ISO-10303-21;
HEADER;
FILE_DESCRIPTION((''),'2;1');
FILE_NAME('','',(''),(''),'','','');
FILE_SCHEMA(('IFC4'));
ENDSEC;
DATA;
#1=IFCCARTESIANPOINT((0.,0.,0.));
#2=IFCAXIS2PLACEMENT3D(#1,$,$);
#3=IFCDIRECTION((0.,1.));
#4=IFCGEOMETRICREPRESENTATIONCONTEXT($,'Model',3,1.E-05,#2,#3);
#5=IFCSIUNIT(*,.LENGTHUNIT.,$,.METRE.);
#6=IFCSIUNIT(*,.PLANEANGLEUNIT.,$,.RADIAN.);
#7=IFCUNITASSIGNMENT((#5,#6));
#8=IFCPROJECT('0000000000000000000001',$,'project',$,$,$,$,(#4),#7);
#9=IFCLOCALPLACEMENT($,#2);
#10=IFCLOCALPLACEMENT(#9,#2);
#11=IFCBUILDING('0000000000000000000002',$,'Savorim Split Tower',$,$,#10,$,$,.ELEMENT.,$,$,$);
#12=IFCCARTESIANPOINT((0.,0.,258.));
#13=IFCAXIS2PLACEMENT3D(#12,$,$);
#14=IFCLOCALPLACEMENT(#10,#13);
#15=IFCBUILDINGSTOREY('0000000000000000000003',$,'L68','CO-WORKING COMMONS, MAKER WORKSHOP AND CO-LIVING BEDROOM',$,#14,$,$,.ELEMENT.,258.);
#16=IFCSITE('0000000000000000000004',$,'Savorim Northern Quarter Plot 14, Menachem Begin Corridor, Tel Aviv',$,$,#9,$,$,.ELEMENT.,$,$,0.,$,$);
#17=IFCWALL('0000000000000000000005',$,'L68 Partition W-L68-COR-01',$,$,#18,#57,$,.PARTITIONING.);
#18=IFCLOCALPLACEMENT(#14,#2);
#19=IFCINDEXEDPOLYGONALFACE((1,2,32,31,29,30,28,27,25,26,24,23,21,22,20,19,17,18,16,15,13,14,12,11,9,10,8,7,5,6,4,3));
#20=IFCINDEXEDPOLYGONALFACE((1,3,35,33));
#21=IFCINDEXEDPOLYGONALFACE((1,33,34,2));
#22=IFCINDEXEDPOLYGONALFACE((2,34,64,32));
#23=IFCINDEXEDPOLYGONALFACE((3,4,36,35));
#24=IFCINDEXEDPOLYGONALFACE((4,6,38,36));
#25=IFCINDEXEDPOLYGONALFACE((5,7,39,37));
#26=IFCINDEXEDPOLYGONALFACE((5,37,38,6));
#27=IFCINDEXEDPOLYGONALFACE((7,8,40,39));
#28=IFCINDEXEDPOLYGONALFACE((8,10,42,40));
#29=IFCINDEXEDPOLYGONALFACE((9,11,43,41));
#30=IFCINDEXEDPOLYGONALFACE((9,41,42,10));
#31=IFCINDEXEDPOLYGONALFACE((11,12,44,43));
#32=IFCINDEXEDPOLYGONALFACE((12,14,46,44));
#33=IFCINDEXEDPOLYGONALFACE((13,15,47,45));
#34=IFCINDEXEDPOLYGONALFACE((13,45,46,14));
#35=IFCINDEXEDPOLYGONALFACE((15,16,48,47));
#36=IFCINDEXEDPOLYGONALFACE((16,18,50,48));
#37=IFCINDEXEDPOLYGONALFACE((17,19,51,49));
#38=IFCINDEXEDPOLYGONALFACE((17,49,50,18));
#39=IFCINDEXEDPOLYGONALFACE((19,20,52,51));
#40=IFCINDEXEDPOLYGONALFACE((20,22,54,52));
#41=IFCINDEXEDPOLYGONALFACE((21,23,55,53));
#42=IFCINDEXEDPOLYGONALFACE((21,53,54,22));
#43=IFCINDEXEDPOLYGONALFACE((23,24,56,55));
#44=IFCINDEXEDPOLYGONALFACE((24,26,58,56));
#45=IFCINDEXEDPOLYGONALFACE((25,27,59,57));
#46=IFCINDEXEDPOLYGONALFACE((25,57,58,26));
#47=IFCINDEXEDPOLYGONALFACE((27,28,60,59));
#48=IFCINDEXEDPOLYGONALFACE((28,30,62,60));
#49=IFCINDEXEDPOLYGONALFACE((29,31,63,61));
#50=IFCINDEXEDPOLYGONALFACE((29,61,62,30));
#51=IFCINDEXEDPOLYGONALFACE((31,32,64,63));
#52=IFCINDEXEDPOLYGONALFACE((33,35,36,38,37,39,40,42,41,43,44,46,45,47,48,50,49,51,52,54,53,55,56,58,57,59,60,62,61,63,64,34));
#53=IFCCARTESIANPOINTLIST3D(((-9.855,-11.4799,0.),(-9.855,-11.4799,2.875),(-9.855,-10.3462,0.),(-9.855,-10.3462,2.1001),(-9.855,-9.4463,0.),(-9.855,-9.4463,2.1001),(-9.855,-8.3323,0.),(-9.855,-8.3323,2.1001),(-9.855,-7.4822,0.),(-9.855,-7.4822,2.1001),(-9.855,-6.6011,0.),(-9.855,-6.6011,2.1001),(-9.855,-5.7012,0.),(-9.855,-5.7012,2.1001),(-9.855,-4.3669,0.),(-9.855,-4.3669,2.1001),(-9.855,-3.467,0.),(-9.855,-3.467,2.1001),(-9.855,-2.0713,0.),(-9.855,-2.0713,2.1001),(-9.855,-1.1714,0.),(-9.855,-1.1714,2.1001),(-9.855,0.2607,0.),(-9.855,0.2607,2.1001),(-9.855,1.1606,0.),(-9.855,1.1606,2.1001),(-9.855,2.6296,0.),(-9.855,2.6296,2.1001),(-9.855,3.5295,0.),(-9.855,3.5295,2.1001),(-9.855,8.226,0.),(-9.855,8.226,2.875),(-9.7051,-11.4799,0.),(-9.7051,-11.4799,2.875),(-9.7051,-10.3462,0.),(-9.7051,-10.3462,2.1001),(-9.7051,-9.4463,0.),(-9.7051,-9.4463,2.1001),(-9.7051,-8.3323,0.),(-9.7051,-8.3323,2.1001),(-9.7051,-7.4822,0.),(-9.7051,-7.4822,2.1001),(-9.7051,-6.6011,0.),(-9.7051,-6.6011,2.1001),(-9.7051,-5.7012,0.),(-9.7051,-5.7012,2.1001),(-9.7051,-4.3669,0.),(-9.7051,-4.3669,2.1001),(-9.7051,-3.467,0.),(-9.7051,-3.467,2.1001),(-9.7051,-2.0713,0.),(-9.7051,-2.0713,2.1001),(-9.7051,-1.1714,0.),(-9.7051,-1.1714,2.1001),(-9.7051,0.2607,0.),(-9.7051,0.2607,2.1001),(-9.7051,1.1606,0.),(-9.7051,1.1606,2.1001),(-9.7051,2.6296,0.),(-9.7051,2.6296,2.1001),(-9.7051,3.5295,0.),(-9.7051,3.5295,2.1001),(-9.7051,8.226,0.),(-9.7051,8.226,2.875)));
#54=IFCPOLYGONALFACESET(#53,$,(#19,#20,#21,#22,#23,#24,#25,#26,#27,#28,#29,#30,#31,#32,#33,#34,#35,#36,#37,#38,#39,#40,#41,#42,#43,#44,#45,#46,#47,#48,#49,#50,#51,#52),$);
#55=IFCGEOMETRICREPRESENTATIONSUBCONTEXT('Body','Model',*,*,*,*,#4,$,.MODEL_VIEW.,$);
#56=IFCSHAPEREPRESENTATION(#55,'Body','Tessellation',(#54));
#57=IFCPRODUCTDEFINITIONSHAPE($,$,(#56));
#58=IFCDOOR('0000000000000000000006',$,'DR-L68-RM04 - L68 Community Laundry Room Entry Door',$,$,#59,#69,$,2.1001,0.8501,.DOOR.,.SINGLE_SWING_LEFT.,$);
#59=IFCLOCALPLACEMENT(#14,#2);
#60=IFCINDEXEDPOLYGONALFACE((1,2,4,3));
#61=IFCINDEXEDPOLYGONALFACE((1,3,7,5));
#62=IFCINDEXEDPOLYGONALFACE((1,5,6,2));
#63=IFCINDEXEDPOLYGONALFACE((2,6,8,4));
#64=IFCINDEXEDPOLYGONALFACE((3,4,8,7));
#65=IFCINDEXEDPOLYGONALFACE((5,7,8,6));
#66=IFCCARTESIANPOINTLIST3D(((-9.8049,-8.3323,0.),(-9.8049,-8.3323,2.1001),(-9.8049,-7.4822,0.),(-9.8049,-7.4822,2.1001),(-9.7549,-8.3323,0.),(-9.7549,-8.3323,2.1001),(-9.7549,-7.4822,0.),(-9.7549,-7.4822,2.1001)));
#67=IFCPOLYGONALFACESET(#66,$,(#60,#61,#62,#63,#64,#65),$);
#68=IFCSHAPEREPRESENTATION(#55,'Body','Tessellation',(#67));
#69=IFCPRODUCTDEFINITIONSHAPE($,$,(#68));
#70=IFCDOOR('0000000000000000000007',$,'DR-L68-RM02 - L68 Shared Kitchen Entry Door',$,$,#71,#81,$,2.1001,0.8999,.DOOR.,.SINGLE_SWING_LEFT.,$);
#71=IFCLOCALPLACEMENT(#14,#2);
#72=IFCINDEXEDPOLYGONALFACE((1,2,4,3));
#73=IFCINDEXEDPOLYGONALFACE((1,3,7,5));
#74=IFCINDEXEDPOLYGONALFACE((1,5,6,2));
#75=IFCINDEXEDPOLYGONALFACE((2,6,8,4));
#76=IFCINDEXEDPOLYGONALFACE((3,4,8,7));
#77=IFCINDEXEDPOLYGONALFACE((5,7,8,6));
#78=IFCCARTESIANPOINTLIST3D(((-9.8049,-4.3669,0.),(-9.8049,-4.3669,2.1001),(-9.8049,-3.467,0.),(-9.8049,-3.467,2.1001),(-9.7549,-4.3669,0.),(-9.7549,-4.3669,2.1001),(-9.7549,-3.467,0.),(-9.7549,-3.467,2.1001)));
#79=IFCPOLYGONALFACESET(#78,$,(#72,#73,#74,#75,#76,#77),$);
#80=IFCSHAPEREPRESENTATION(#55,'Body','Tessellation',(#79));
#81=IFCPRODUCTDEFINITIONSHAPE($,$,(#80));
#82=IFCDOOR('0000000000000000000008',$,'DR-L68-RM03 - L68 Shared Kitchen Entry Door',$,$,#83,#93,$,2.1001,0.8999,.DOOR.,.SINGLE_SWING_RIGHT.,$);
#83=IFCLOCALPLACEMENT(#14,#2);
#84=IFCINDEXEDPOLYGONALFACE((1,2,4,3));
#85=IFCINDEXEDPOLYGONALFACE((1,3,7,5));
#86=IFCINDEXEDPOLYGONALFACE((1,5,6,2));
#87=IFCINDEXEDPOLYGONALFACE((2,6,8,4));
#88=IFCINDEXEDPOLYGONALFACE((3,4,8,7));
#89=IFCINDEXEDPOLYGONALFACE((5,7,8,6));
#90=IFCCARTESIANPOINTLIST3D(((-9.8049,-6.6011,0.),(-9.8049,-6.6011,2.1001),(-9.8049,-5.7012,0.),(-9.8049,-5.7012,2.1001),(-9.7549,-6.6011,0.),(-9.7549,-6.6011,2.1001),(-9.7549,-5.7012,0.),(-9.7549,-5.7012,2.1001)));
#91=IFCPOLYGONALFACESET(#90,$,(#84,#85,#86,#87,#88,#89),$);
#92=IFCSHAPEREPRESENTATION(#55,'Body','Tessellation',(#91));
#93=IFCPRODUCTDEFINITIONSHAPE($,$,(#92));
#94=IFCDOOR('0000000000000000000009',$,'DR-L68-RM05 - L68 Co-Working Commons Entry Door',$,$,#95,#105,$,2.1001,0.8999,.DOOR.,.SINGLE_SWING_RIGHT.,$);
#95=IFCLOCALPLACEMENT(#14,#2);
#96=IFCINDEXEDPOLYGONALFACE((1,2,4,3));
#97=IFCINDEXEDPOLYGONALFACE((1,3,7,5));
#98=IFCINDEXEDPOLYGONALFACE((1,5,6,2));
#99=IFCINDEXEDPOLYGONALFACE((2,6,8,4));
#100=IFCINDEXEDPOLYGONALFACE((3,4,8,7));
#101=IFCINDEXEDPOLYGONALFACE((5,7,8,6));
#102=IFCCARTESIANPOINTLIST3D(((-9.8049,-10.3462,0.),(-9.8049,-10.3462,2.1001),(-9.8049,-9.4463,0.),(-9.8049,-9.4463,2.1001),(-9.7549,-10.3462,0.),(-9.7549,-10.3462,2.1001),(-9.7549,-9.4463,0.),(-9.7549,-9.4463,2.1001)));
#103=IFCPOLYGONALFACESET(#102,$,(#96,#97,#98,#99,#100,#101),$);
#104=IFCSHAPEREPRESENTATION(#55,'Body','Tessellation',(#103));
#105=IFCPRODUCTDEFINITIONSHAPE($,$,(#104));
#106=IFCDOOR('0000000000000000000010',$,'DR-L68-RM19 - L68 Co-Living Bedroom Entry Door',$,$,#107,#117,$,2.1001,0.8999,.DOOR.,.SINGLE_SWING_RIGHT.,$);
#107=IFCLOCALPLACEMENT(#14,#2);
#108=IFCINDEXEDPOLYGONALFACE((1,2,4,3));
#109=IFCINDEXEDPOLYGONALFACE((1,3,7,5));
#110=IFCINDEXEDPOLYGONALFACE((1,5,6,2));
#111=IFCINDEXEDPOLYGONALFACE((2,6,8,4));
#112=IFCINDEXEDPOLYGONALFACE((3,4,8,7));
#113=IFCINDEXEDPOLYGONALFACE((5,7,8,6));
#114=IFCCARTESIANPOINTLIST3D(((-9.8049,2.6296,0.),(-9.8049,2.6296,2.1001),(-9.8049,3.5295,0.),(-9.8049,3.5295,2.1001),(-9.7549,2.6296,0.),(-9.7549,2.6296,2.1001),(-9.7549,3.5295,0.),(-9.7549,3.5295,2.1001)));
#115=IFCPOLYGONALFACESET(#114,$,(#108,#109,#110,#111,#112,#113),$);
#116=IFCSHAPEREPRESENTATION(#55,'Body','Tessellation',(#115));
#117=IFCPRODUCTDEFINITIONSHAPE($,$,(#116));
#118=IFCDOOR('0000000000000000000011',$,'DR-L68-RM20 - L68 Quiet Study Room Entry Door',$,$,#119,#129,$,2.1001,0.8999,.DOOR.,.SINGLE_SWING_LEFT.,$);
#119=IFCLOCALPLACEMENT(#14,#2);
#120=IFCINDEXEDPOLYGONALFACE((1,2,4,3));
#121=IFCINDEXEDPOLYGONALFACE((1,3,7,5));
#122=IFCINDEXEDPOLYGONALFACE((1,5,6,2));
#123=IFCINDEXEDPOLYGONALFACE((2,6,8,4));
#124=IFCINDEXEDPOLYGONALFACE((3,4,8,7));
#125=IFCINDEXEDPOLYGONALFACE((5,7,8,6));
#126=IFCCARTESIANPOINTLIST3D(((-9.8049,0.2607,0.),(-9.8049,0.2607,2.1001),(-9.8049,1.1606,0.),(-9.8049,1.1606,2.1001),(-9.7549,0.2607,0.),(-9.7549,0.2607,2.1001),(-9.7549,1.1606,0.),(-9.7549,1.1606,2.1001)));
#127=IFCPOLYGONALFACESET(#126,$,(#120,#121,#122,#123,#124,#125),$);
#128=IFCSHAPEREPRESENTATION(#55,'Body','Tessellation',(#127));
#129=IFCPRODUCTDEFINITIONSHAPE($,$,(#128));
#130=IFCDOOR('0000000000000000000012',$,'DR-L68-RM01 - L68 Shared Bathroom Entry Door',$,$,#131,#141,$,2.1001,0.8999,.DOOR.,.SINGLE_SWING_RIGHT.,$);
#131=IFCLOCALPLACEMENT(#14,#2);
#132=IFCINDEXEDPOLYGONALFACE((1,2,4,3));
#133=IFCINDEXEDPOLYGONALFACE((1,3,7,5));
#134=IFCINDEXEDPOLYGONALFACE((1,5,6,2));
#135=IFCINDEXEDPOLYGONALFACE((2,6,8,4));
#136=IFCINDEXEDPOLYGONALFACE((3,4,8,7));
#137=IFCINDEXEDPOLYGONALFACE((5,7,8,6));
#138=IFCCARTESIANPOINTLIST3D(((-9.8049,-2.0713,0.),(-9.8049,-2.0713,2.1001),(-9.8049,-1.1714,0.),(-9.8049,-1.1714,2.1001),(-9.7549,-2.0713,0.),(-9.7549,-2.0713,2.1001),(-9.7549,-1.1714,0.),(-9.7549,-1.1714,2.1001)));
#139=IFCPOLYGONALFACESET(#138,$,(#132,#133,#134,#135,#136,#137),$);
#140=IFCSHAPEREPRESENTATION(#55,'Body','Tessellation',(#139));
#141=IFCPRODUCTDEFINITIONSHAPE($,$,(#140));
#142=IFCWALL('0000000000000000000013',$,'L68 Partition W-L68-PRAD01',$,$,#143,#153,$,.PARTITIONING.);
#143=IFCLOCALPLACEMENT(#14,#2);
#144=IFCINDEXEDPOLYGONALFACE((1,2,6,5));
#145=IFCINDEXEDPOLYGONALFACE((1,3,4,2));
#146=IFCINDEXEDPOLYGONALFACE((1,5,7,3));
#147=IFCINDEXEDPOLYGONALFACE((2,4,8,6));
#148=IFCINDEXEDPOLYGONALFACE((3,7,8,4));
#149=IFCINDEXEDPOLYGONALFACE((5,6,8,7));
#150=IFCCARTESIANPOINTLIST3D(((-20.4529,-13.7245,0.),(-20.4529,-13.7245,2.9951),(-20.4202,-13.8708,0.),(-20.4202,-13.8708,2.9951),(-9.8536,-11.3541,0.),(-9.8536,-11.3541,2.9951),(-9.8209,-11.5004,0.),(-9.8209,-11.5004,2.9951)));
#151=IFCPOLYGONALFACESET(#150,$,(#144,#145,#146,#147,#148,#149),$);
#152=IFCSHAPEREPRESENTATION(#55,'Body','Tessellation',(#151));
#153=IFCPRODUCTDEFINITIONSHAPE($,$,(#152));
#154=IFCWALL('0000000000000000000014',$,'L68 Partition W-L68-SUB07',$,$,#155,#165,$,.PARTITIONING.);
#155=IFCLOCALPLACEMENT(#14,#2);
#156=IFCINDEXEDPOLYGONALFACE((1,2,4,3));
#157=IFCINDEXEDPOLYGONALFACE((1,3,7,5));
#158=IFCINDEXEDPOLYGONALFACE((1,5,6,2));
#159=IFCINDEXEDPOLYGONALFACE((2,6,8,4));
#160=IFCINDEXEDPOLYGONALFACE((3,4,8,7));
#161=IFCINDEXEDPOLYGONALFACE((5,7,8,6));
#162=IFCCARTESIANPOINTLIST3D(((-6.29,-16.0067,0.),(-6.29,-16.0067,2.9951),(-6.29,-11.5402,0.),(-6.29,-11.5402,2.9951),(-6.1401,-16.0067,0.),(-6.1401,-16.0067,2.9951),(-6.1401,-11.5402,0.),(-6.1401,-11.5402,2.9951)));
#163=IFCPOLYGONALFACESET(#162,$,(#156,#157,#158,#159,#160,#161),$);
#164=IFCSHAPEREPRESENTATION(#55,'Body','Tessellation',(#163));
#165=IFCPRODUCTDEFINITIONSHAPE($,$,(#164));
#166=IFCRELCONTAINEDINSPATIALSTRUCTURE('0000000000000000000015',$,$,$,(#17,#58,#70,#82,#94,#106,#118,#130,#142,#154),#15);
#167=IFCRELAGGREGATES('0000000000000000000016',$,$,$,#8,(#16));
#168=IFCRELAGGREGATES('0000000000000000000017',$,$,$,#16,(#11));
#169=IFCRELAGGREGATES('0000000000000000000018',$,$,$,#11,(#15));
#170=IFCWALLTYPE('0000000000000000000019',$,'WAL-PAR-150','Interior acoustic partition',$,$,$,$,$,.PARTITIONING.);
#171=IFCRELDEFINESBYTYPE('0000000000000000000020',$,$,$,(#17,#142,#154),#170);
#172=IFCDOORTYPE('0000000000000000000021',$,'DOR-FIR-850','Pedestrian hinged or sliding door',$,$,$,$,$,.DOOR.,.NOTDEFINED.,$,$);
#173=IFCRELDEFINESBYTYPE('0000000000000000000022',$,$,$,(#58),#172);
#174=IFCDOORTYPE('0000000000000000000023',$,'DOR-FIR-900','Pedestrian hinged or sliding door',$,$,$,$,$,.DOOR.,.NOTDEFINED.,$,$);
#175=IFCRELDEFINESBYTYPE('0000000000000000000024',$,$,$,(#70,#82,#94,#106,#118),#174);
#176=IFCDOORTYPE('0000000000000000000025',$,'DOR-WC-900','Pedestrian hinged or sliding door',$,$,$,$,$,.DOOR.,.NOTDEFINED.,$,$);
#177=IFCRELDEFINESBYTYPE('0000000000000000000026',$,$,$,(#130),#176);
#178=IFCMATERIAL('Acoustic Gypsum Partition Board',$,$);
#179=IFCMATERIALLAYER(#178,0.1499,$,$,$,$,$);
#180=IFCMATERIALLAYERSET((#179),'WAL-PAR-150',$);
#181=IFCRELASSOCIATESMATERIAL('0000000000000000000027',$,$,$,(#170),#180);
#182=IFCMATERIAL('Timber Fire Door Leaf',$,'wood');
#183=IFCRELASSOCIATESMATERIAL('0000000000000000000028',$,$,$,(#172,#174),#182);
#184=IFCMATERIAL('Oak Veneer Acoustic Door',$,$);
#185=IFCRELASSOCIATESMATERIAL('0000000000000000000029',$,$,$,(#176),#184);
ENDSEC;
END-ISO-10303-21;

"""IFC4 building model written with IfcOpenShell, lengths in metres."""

from ifc_helpers import new_model, si_unit, direction, frame, frame_2d, origin, place, context, subcontext, project, spatial, rectangle, extrude, material, layer, layer_set, type_object, element, fill, save


model = new_model("IFC4")

# Units and contexts
model_context = context("Model", 3, precision=1e-05, world=origin(), true_north=direction((0.0, 1.0)))
body_context = subcontext(model_context, "Body", "Model", "MODEL_VIEW")
ifc_project = project(units=[si_unit("LENGTHUNIT", "METRE"), si_unit("PLANEANGLEUNIT", "RADIAN")], contexts=[model_context])

# Site, building, storey
site_placement = place(None, origin())
site = spatial("IfcSite", under=ifc_project, at=site_placement, Name="Savorim Northern Quarter Plot 14, Menachem Begin Corridor, Tel Aviv", CompositionType="ELEMENT", RefElevation=0.0)
building_placement = place(site_placement, origin())
building = spatial("IfcBuilding", under=site, at=building_placement, Name="Savorim Split Tower", CompositionType="ELEMENT")
storey_placement = place(building_placement, frame((0.0, 0.0, 258.0)))
storey = spatial("IfcBuildingStorey", under=building, at=storey_placement, Name="L68", Description="CO-WORKING COMMONS, MAKER WORKSHOP AND CO-LIVING BEDROOM", CompositionType="ELEMENT", Elevation=258.0)

# Wall, openings, doors
ifc_material_1 = material(Name="Acoustic Gypsum Partition Board")
ifc_layer_1 = layer(ifc_material_1, 0.1499)
ifc_layer_set_1 = layer_set([ifc_layer_1], Name="WAL-PAR-150")
wall_type = type_object("IfcWallType", Name="WAL-PAR-150", Description="Interior acoustic partition", PredefinedType="PARTITIONING", material=ifc_layer_set_1)
wall_1_placement = place(storey_placement, frame((-9.78, -11.48, 0.0), z_axis=(0.0, 0.0, 1.0), x_axis=(0.0, 1.0, 0.0)))
wall_1 = element("IfcWall", 1, at=wall_1_placement, inside=storey, type_object=wall_type, Name="L68 Partition W-L68-COR-01", PredefinedType="PARTITIONING", context=body_context, shape_type="SweptSolid", body=[
    extrude(rectangle(XDim=19.7058, YDim=0.1499, at=frame_2d((9.853, 0.0))), origin(), (0.0, 0.0, 1.0), 2.875),
])
opening_1_placement = place(wall_1_placement, frame((9.4087, 0.0, 0.0)))
opening_1 = element("IfcOpeningElement", 2, at=opening_1_placement, cuts=wall_1, PredefinedType="OPENING", context=body_context, shape_type="SweptSolid", body=[
    extrude(rectangle(XDim=0.8999, YDim=2.1001, at=frame_2d((0.45, 1.05))), frame((0.0, 0.085, 0.0), z_axis=(0.0, -1.0, 0.0), x_axis=(1.0, 0.0, 0.0)), (0.0, 0.0, 1.0), 0.1699),
])
opening_2_placement = place(wall_1_placement, frame((7.113, 0.0, 0.0)))
opening_2 = element("IfcOpeningElement", 3, at=opening_2_placement, cuts=wall_1, PredefinedType="OPENING", context=body_context, shape_type="SweptSolid", body=[
    extrude(rectangle(XDim=0.8999, YDim=2.1001, at=frame_2d((0.45, 1.05))), frame((0.0, 0.085, 0.0), z_axis=(0.0, -1.0, 0.0), x_axis=(1.0, 0.0, 0.0)), (0.0, 0.0, 1.0), 0.1699),
])
opening_3_placement = place(wall_1_placement, frame((4.8789, 0.0, 0.0)))
opening_3 = element("IfcOpeningElement", 4, at=opening_3_placement, cuts=wall_1, PredefinedType="OPENING", context=body_context, shape_type="SweptSolid", body=[
    extrude(rectangle(XDim=0.8999, YDim=2.1001, at=frame_2d((0.45, 1.05))), frame((0.0, 0.085, 0.0), z_axis=(0.0, -1.0, 0.0), x_axis=(1.0, 0.0, 0.0)), (0.0, 0.0, 1.0), 0.1699),
])
opening_4_placement = place(wall_1_placement, frame((3.1477, 0.0, 0.0)))
opening_4 = element("IfcOpeningElement", 5, at=opening_4_placement, cuts=wall_1, PredefinedType="OPENING", context=body_context, shape_type="SweptSolid", body=[
    extrude(rectangle(XDim=0.8501, YDim=2.1001, at=frame_2d((0.425, 1.05))), frame((0.0, 0.085, 0.0), z_axis=(0.0, -1.0, 0.0), x_axis=(1.0, 0.0, 0.0)), (0.0, 0.0, 1.0), 0.1699),
])
opening_5_placement = place(wall_1_placement, frame((1.1338, 0.0, 0.0)))
opening_5 = element("IfcOpeningElement", 6, at=opening_5_placement, cuts=wall_1, PredefinedType="OPENING", context=body_context, shape_type="SweptSolid", body=[
    extrude(rectangle(XDim=0.8999, YDim=2.1001, at=frame_2d((0.45, 1.05))), frame((0.0, 0.085, 0.0), z_axis=(0.0, -1.0, 0.0), x_axis=(1.0, 0.0, 0.0)), (0.0, 0.0, 1.0), 0.1699),
])
opening_6_placement = place(wall_1_placement, frame((14.1096, 0.0, 0.0)))
opening_6 = element("IfcOpeningElement", 7, at=opening_6_placement, cuts=wall_1, PredefinedType="OPENING", context=body_context, shape_type="SweptSolid", body=[
    extrude(rectangle(XDim=0.8999, YDim=2.1001, at=frame_2d((0.45, 1.05))), frame((0.0, 0.085, 0.0), z_axis=(0.0, -1.0, 0.0), x_axis=(1.0, 0.0, 0.0)), (0.0, 0.0, 1.0), 0.1699),
])
opening_7_placement = place(wall_1_placement, frame((11.7407, 0.0, 0.0)))
opening_7 = element("IfcOpeningElement", 8, at=opening_7_placement, cuts=wall_1, PredefinedType="OPENING", context=body_context, shape_type="SweptSolid", body=[
    extrude(rectangle(XDim=0.8999, YDim=2.1001, at=frame_2d((0.45, 1.05))), frame((0.0, 0.085, 0.0), z_axis=(0.0, -1.0, 0.0), x_axis=(1.0, 0.0, 0.0)), (0.0, 0.0, 1.0), 0.1699),
])
ifc_material_2 = material(Name="Timber Fire Door Leaf", Category="wood")
door_type_1 = type_object("IfcDoorType", Name="DOR-FIR-850", Description="Pedestrian hinged or sliding door", OperationType="NOTDEFINED", PredefinedType="DOOR", material=ifc_material_2)
door_1_placement = place(opening_4_placement, origin())
door_1 = element("IfcDoor", 9, at=door_1_placement, inside=storey, type_object=door_type_1, Name="DR-L68-RM04 - L68 Community Laundry Room Entry Door", OperationType="SINGLE_SWING_LEFT", OverallHeight=2.1001, OverallWidth=0.8501, PredefinedType="DOOR", context=body_context, shape_type="SweptSolid", body=[
    extrude(rectangle(XDim=0.8501, YDim=2.1001, at=frame_2d((0.425, 1.05))), frame((0.0, 0.0249, 0.0), z_axis=(0.0, -1.0, 0.0), x_axis=(1.0, 0.0, 0.0)), (0.0, 0.0, 1.0), 0.05),
])
fill(opening_4, door_1)
door_type_2 = type_object("IfcDoorType", Name="DOR-FIR-900", Description="Pedestrian hinged or sliding door", OperationType="NOTDEFINED", PredefinedType="DOOR", material=ifc_material_2)
door_2_placement = place(opening_2_placement, origin())
door_2 = element("IfcDoor", 10, at=door_2_placement, inside=storey, type_object=door_type_2, Name="DR-L68-RM02 - L68 Shared Kitchen Entry Door", OperationType="SINGLE_SWING_LEFT", OverallHeight=2.1001, OverallWidth=0.8999, PredefinedType="DOOR", context=body_context, shape_type="SweptSolid", body=[
    extrude(rectangle(XDim=0.8999, YDim=2.1001, at=frame_2d((0.45, 1.05))), frame((0.0, 0.0249, 0.0), z_axis=(0.0, -1.0, 0.0), x_axis=(1.0, 0.0, 0.0)), (0.0, 0.0, 1.0), 0.05),
])
fill(opening_2, door_2)
door_3_placement = place(opening_3_placement, origin())
door_3 = element("IfcDoor", 11, at=door_3_placement, inside=storey, type_object=door_type_2, Name="DR-L68-RM03 - L68 Shared Kitchen Entry Door", OperationType="SINGLE_SWING_RIGHT", OverallHeight=2.1001, OverallWidth=0.8999, PredefinedType="DOOR", context=body_context, shape_type="SweptSolid", body=[
    extrude(rectangle(XDim=0.8999, YDim=2.1001, at=frame_2d((0.45, 1.05))), frame((0.0, 0.0249, 0.0), z_axis=(0.0, -1.0, 0.0), x_axis=(1.0, 0.0, 0.0)), (0.0, 0.0, 1.0), 0.05),
])
fill(opening_3, door_3)
door_4_placement = place(opening_5_placement, origin())
door_4 = element("IfcDoor", 12, at=door_4_placement, inside=storey, type_object=door_type_2, Name="DR-L68-RM05 - L68 Co-Working Commons Entry Door", OperationType="SINGLE_SWING_RIGHT", OverallHeight=2.1001, OverallWidth=0.8999, PredefinedType="DOOR", context=body_context, shape_type="SweptSolid", body=[
    extrude(rectangle(XDim=0.8999, YDim=2.1001, at=frame_2d((0.45, 1.05))), frame((0.0, 0.0249, 0.0), z_axis=(0.0, -1.0, 0.0), x_axis=(1.0, 0.0, 0.0)), (0.0, 0.0, 1.0), 0.05),
])
fill(opening_5, door_4)
door_5_placement = place(opening_6_placement, origin())
door_5 = element("IfcDoor", 13, at=door_5_placement, inside=storey, type_object=door_type_2, Name="DR-L68-RM19 - L68 Co-Living Bedroom Entry Door", OperationType="SINGLE_SWING_RIGHT", OverallHeight=2.1001, OverallWidth=0.8999, PredefinedType="DOOR", context=body_context, shape_type="SweptSolid", body=[
    extrude(rectangle(XDim=0.8999, YDim=2.1001, at=frame_2d((0.45, 1.05))), frame((0.0, 0.0249, 0.0), z_axis=(0.0, -1.0, 0.0), x_axis=(1.0, 0.0, 0.0)), (0.0, 0.0, 1.0), 0.05),
])
fill(opening_6, door_5)
door_6_placement = place(opening_7_placement, origin())
door_6 = element("IfcDoor", 14, at=door_6_placement, inside=storey, type_object=door_type_2, Name="DR-L68-RM20 - L68 Quiet Study Room Entry Door", OperationType="SINGLE_SWING_LEFT", OverallHeight=2.1001, OverallWidth=0.8999, PredefinedType="DOOR", context=body_context, shape_type="SweptSolid", body=[
    extrude(rectangle(XDim=0.8999, YDim=2.1001, at=frame_2d((0.45, 1.05))), frame((0.0, 0.0249, 0.0), z_axis=(0.0, -1.0, 0.0), x_axis=(1.0, 0.0, 0.0)), (0.0, 0.0, 1.0), 0.05),
])
fill(opening_7, door_6)
ifc_material_3 = material(Name="Oak Veneer Acoustic Door")
door_type_3 = type_object("IfcDoorType", Name="DOR-WC-900", Description="Pedestrian hinged or sliding door", OperationType="NOTDEFINED", PredefinedType="DOOR", material=ifc_material_3)
door_7_placement = place(opening_1_placement, origin())
door_7 = element("IfcDoor", 15, at=door_7_placement, inside=storey, type_object=door_type_3, Name="DR-L68-RM01 - L68 Shared Bathroom Entry Door", OperationType="SINGLE_SWING_RIGHT", OverallHeight=2.1001, OverallWidth=0.8999, PredefinedType="DOOR", context=body_context, shape_type="SweptSolid", body=[
    extrude(rectangle(XDim=0.8999, YDim=2.1001, at=frame_2d((0.45, 1.05))), frame((0.0, 0.0249, 0.0), z_axis=(0.0, -1.0, 0.0), x_axis=(1.0, 0.0, 0.0)), (0.0, 0.0, 1.0), 0.05),
])
fill(opening_1, door_7)

# Walls
wall_2_placement = place(storey_placement, frame((-9.8372, -11.4272, 0.0), z_axis=(0.0, 0.0, 1.0), x_axis=(-0.975895, -0.218242, 0.0)))
element("IfcWall", 16, at=wall_2_placement, inside=storey, type_object=wall_type, Name="L68 Partition W-L68-PRAD01", PredefinedType="PARTITIONING", context=body_context, shape_type="SweptSolid", body=[
    extrude(rectangle(XDim=10.8611, YDim=0.1499, at=frame_2d((5.4307, 0.0))), origin(), (0.0, 0.0, 1.0), 2.9951),
])
wall_3_placement = place(storey_placement, frame((-6.2151, -11.54, 0.0), z_axis=(0.0, 0.0, 1.0), x_axis=(0.0, -1.0, 0.0)))
element("IfcWall", 17, at=wall_3_placement, inside=storey, type_object=wall_type, Name="L68 Partition W-L68-SUB07", PredefinedType="PARTITIONING", context=body_context, shape_type="SweptSolid", body=[
    extrude(rectangle(XDim=4.4666, YDim=0.1499, at=frame_2d((2.2334, 0.0))), origin(), (0.0, 0.0, 1.0), 2.9951),
])

save(model, "model.ifc")
